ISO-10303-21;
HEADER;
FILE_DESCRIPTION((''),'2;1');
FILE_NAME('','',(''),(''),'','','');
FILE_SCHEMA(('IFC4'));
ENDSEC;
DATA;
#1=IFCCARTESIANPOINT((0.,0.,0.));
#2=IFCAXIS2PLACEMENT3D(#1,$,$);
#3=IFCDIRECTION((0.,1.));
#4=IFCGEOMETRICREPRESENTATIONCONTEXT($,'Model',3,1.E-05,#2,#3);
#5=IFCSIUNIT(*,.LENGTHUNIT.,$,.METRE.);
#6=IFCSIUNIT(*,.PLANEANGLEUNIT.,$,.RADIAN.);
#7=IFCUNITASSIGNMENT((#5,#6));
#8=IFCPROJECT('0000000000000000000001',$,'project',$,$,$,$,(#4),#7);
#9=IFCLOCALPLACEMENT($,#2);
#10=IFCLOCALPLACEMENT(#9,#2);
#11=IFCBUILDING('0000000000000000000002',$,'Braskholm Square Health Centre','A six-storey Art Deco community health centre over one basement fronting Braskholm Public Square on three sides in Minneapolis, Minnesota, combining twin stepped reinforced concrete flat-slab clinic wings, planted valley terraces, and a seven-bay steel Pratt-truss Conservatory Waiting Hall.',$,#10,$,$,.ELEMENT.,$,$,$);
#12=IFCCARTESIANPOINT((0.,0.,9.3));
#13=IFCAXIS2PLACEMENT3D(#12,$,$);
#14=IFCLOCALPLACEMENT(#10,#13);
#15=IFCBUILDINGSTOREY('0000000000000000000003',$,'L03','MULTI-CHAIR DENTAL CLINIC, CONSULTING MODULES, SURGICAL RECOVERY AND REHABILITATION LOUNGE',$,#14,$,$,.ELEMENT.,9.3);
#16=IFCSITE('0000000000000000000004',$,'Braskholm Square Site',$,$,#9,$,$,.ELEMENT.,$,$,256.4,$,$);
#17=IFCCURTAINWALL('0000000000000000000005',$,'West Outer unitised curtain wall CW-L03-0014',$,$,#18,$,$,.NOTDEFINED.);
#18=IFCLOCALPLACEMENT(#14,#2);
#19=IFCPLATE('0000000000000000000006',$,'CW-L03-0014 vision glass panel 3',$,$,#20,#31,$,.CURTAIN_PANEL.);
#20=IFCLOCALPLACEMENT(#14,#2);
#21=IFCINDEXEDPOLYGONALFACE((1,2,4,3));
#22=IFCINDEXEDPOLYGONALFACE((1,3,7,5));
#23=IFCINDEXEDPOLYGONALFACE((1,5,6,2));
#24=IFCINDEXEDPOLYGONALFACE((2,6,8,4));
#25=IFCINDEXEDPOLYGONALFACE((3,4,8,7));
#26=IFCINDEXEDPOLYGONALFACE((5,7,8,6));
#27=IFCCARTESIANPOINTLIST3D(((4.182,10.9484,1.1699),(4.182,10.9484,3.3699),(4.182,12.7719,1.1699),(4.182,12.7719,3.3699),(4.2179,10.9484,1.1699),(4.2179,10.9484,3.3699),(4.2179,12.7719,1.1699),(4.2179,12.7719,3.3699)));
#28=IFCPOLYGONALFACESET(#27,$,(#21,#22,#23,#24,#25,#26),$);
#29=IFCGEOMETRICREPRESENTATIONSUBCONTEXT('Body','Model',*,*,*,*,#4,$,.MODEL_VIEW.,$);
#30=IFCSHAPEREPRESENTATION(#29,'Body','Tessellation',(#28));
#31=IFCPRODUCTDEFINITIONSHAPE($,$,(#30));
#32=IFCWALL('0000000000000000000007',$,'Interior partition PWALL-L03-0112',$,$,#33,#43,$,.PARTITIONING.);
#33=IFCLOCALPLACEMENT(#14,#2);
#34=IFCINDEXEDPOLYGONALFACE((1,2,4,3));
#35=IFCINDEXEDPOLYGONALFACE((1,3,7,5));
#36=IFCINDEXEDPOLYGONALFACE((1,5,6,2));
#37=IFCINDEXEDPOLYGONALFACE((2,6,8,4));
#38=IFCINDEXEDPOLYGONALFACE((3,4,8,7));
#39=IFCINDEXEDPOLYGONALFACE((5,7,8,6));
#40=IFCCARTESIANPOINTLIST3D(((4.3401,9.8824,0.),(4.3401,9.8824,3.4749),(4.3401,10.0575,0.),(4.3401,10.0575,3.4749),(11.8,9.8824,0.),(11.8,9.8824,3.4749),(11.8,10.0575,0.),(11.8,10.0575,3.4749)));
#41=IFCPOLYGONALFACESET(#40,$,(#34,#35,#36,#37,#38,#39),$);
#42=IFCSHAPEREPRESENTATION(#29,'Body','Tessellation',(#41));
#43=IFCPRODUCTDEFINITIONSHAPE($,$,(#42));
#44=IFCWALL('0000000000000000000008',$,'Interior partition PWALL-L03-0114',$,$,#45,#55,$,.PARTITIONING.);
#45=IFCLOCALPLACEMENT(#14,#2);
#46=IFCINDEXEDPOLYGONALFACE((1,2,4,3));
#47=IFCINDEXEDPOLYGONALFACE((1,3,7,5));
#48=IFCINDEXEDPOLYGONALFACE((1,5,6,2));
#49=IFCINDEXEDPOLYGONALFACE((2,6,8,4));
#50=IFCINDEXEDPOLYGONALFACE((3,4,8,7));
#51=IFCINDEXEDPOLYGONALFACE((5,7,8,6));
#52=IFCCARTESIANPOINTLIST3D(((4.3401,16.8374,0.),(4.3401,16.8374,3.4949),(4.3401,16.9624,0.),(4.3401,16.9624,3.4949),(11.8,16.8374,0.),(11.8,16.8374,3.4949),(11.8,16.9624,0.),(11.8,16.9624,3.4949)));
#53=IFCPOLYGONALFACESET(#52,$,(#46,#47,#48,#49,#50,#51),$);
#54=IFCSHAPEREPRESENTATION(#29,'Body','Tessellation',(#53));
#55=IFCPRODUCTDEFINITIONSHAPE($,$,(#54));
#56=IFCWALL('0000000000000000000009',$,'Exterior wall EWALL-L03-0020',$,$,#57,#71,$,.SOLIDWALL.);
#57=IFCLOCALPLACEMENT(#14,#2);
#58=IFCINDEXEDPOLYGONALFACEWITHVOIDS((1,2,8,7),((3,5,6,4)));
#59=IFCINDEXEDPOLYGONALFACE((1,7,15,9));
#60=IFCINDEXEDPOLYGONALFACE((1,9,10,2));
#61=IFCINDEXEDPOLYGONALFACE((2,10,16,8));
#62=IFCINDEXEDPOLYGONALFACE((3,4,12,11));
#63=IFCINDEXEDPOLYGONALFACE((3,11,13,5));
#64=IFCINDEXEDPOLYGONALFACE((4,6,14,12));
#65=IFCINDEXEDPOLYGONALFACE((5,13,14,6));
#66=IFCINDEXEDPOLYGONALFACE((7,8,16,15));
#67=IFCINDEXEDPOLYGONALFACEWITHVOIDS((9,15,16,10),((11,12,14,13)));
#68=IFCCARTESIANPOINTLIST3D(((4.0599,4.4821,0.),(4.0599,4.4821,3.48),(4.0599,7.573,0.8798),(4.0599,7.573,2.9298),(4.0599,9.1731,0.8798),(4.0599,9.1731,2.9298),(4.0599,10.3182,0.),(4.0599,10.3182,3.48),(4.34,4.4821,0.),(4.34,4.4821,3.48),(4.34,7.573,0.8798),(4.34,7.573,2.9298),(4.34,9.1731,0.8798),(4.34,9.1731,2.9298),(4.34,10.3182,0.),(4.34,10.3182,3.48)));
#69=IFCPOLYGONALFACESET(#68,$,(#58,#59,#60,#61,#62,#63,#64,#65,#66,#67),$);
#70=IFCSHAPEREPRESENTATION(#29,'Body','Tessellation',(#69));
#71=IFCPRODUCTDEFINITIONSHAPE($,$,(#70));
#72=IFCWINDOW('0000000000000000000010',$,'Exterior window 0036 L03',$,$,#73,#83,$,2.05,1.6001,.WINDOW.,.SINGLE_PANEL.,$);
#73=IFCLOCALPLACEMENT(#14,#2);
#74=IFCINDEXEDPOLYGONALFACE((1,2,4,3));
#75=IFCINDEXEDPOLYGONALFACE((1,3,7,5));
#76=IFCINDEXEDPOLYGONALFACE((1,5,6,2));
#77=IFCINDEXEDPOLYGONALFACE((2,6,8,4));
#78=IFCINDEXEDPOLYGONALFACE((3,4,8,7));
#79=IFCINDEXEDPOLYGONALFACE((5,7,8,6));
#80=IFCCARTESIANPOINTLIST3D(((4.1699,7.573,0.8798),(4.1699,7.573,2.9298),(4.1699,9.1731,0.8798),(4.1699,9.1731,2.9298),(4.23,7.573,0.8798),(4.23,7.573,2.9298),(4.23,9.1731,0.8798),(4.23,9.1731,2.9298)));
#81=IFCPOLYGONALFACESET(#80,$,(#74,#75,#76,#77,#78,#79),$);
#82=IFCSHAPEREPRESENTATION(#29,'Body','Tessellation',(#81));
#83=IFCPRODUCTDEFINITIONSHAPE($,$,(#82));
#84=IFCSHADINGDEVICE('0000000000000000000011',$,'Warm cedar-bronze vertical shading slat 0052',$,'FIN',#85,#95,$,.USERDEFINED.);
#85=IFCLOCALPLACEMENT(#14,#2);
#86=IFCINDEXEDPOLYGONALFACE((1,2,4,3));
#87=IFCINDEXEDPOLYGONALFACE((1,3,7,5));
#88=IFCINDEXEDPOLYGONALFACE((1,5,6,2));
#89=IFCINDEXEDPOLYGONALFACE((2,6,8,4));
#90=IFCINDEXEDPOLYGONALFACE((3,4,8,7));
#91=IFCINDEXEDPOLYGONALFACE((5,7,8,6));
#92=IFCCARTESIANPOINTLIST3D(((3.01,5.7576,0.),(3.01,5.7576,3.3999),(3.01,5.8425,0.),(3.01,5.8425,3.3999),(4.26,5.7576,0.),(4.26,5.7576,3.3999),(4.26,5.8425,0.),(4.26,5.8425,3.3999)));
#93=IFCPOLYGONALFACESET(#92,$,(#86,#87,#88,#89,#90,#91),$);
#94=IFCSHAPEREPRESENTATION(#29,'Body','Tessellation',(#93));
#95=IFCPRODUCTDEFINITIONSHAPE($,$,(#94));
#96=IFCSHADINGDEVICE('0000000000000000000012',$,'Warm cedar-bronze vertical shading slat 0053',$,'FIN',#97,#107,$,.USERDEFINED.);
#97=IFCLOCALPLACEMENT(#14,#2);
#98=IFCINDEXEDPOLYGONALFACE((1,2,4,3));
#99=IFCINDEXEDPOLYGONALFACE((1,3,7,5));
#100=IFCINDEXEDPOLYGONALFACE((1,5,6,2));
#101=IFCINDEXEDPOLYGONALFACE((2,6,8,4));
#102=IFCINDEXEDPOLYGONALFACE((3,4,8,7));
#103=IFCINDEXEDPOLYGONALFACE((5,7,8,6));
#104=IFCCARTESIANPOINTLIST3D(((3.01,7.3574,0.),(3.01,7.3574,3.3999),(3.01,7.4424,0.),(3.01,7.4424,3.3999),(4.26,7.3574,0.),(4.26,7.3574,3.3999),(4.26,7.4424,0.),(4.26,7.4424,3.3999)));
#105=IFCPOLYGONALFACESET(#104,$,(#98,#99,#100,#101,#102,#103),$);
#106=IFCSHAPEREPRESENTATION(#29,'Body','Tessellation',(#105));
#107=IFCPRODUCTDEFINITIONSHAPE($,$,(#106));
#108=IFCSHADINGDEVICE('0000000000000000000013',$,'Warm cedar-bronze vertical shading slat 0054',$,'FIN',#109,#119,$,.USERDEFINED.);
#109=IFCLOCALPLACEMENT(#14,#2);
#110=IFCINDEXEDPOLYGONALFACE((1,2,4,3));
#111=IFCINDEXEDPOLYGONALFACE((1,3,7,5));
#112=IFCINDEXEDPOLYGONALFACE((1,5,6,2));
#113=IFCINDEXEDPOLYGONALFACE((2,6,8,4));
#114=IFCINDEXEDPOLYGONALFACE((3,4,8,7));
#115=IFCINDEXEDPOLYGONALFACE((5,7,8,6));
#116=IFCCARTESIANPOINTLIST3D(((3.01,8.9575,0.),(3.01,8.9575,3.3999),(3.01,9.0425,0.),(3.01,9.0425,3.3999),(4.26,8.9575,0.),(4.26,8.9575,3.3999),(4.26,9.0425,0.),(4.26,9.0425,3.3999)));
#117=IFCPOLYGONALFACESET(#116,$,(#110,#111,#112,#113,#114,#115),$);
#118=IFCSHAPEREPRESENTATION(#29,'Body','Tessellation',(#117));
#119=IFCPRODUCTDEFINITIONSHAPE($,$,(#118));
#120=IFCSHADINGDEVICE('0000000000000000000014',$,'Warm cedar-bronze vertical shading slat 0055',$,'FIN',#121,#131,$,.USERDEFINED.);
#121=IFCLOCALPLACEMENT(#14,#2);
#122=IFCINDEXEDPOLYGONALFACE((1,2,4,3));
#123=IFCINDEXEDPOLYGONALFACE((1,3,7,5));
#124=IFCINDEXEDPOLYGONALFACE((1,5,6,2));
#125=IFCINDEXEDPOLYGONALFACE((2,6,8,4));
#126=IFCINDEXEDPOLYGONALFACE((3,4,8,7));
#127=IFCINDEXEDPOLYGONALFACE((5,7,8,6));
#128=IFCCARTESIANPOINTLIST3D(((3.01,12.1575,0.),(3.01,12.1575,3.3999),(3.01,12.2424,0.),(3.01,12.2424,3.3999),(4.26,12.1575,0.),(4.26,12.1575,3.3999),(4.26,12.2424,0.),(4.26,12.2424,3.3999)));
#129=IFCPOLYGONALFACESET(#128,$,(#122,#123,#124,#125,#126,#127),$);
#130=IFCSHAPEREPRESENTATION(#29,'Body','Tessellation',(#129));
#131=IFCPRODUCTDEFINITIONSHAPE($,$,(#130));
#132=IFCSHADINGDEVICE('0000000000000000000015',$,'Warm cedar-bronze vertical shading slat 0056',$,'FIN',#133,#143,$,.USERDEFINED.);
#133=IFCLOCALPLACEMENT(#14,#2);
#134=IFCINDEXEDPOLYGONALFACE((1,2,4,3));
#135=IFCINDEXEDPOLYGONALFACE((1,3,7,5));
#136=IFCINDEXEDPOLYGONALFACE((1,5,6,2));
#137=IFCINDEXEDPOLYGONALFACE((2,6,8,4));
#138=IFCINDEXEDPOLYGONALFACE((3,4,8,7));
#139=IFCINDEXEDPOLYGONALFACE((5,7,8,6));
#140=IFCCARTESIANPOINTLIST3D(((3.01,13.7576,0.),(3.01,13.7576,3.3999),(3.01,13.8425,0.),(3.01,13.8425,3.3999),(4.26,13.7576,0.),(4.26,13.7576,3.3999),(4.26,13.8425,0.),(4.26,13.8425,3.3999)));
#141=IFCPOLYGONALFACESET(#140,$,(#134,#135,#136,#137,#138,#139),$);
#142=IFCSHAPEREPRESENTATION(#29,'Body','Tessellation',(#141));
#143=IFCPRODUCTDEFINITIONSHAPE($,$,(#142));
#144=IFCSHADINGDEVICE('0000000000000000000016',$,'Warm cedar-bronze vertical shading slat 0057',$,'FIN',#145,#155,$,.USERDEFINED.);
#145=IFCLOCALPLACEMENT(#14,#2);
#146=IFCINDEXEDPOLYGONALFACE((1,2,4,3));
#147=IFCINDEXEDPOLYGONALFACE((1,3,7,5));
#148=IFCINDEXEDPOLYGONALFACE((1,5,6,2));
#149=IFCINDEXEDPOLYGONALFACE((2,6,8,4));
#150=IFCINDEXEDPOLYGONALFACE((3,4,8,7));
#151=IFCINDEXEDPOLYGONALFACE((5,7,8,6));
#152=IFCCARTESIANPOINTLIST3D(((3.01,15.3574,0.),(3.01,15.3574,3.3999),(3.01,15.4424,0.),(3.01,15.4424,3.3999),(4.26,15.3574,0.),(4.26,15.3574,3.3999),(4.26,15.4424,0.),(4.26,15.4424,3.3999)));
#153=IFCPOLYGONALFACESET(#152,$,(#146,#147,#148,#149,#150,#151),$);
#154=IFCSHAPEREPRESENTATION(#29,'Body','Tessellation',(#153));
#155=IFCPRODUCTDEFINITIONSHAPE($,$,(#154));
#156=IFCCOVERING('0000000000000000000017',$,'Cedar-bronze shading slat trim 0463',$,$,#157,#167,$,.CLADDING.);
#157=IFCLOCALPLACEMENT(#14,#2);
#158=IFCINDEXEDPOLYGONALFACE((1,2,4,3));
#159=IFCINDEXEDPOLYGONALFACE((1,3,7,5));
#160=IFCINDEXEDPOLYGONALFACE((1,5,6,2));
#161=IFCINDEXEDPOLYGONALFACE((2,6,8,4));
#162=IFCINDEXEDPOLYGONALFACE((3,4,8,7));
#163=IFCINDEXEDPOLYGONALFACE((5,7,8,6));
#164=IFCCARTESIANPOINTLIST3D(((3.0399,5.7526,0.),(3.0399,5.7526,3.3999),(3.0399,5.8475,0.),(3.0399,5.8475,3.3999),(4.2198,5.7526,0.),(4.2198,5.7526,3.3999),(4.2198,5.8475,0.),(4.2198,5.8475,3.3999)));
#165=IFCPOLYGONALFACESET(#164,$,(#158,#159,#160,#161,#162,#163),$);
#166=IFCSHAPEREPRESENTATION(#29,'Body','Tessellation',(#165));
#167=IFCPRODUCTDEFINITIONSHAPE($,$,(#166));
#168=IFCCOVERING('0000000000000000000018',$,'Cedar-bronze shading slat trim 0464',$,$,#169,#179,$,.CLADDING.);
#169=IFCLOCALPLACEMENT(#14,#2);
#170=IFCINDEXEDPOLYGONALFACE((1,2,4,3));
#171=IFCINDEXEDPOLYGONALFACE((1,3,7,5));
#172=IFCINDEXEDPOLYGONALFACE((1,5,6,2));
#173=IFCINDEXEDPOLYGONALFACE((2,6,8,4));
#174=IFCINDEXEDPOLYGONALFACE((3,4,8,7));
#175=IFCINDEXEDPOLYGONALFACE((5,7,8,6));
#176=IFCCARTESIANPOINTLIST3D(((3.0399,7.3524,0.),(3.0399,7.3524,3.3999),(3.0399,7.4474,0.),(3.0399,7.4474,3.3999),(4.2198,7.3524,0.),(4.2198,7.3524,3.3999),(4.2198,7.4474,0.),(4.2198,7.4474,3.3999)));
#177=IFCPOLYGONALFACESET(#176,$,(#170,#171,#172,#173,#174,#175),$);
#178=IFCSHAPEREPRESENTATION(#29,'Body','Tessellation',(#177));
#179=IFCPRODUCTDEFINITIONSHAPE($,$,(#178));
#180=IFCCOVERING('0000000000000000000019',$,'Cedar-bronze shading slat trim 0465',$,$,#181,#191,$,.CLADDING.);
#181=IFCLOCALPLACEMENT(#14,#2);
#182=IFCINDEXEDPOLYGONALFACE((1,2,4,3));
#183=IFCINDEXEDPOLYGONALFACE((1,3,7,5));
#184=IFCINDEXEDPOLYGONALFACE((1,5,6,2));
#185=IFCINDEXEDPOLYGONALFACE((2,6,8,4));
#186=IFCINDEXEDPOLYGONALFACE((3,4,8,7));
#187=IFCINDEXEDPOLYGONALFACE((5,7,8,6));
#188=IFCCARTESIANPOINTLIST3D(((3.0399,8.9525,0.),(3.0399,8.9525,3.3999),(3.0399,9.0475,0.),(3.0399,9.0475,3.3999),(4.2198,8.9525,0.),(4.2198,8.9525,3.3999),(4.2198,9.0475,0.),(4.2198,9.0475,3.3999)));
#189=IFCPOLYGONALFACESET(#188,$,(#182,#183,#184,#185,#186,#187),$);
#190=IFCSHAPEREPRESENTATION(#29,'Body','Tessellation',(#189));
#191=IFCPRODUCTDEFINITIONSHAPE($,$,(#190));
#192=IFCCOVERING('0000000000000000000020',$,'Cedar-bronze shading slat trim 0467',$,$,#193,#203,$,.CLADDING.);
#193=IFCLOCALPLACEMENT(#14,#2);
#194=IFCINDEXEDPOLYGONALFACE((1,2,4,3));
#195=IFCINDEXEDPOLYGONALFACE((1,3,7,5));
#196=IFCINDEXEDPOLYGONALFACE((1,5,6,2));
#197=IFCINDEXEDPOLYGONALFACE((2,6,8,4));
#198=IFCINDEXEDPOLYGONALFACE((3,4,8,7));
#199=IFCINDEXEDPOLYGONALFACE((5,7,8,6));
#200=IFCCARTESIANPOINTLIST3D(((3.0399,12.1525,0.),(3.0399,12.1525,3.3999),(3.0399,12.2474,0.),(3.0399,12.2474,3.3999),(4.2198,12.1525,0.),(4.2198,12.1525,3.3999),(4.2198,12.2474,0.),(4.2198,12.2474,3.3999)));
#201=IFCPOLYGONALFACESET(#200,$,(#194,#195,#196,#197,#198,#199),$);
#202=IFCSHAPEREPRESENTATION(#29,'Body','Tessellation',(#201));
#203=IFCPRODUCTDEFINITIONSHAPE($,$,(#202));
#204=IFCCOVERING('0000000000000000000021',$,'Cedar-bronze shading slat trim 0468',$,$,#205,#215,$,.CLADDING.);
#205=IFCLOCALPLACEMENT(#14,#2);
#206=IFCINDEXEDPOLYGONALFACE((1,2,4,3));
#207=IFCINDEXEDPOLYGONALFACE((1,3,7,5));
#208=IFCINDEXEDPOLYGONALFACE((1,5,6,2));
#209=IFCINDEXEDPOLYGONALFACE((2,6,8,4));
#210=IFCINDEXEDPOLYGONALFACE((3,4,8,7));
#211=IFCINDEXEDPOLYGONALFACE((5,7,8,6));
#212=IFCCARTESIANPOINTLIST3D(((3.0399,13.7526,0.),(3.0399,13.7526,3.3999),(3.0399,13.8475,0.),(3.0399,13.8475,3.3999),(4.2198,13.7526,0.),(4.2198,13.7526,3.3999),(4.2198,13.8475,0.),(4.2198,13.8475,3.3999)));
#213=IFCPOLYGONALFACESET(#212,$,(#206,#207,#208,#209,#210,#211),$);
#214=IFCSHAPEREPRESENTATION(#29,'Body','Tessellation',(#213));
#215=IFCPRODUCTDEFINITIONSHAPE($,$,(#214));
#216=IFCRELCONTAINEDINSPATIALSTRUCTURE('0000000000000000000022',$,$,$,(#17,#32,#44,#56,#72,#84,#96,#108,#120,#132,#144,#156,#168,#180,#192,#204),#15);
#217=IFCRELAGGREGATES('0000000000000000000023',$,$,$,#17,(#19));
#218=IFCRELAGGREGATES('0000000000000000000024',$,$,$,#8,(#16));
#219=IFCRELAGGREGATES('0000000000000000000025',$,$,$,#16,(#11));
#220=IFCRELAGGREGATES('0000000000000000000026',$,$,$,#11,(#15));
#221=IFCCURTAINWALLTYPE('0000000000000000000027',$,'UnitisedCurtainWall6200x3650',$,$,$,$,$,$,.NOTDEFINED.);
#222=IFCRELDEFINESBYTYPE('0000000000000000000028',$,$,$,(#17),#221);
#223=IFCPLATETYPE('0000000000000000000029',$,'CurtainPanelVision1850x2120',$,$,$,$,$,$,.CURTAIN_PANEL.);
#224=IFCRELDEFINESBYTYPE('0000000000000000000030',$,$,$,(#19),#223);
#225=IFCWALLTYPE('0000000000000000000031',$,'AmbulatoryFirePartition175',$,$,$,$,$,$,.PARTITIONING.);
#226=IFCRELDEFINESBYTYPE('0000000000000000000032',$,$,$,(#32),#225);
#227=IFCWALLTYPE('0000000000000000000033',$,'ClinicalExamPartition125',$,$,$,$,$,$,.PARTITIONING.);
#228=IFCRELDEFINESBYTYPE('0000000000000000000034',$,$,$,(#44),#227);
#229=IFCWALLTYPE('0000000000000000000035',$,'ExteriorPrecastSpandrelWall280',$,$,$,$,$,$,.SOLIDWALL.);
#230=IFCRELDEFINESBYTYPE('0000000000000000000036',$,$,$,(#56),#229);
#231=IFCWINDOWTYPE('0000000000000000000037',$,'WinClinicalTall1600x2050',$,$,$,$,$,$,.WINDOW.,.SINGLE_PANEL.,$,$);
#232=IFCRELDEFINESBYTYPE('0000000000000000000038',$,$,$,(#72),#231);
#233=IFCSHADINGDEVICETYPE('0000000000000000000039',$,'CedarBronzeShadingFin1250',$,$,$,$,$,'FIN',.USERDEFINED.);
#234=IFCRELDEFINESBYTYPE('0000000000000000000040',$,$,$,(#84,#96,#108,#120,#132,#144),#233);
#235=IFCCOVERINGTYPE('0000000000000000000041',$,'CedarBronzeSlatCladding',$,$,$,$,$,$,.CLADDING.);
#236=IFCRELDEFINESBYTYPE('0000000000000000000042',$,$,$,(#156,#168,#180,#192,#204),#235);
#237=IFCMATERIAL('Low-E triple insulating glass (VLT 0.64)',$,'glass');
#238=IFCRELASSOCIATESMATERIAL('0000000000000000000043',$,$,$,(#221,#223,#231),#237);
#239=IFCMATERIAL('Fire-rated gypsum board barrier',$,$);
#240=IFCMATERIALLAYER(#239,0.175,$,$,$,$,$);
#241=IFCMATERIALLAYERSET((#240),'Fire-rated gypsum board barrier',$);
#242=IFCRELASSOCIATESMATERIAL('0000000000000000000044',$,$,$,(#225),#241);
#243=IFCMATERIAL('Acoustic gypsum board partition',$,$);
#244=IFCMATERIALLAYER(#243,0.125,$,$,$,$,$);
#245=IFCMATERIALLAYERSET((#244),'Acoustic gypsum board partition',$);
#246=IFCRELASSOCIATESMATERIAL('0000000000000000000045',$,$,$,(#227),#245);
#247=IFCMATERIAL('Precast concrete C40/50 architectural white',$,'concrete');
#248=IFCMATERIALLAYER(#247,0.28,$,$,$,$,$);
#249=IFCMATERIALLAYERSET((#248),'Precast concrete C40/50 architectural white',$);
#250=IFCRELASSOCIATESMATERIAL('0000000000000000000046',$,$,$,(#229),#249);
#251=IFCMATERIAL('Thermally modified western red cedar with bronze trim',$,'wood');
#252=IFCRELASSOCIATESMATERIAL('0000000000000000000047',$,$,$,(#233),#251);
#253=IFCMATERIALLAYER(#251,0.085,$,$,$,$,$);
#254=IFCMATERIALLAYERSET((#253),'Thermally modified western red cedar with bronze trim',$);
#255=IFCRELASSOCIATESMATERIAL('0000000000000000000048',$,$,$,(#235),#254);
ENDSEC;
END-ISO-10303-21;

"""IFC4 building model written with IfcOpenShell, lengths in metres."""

from ifc_helpers import new_model, si_unit, direction, frame, frame_2d, origin, origin_with_axes, origin_2d, place, context, subcontext, project, spatial, rectangle, extrude, material, layer, layer_set, type_object, element, fill, aggregate, save


model = new_model("IFC4")

# Units and contexts
model_context = context("Model", 3, precision=1e-05, world=origin(), true_north=direction((0.0, 1.0)))
body_context = subcontext(model_context, "Body", "Model", "MODEL_VIEW")
ifc_project = project(units=[si_unit("LENGTHUNIT", "METRE"), si_unit("PLANEANGLEUNIT", "RADIAN")], contexts=[model_context])

# Site, building, storey
site_placement = place(None, origin())
site = spatial("IfcSite", under=ifc_project, at=site_placement, Name="Braskholm Square Site", CompositionType="ELEMENT", RefElevation=256.4)
building_placement = place(site_placement, origin())
building = spatial("IfcBuilding", under=site, at=building_placement, Name="Braskholm Square Health Centre", Description="A six-storey Art Deco community health centre over one basement fronting Braskholm Public Square on three sides in Minneapolis, Minnesota, combining twin stepped reinforced concrete flat-slab clinic wings, planted valley terraces, and a seven-bay steel Pratt-truss Conservatory Waiting Hall.", CompositionType="ELEMENT")
storey_placement = place(building_placement, frame((0.0, 0.0, 9.3)))
storey = spatial("IfcBuildingStorey", under=building, at=storey_placement, Name="L03", Description="MULTI-CHAIR DENTAL CLINIC, CONSULTING MODULES, SURGICAL RECOVERY AND REHABILITATION LOUNGE", CompositionType="ELEMENT", Elevation=9.3)

# Shared definitions
ifc_material_1 = material(Name="Precast concrete C40/50 architectural white", Category="concrete")

# Curtain wall
ifc_material_2 = material(Name="Low-E triple insulating glass (VLT 0.64)", Category="glass")
curtain_wall_type = type_object("IfcCurtainWallType", Name="UnitisedCurtainWall6200x3650", PredefinedType="NOTDEFINED", material=ifc_material_2)
curtain_wall_placement = place(storey_placement, origin())
curtain_wall = element("IfcCurtainWall", 1, at=curtain_wall_placement, inside=storey, type_object=curtain_wall_type, Name="West Outer unitised curtain wall CW-L03-0014", PredefinedType="NOTDEFINED")

# Plate
plate_type_1 = type_object("IfcPlateType", Name="CurtainPanelVision1850x2120", PredefinedType="CURTAIN_PANEL", material=ifc_material_2)
plate_1_placement = place(storey_placement, frame((4.2, 11.8601, 1.1699), z_axis=(0.0, 0.0, 1.0), x_axis=(0.0, -1.0, 0.0)))
plate_1 = element("IfcPlate", 2, at=plate_1_placement, type_object=plate_type_1, Name="CW-L03-0014 vision glass panel 3", PredefinedType="CURTAIN_PANEL", context=body_context, shape_type="SweptSolid", body=[
    extrude(rectangle(XDim=1.8235, YDim=0.0359, at=origin_2d()), origin(), (0.0, 0.0, 1.0), 2.2),
])
aggregate(curtain_wall, [plate_1])

# Walls
ifc_material_3 = material(Name="Fire-rated gypsum board barrier")
ifc_layer_1 = layer(ifc_material_3, 0.175)
ifc_layer_set_1 = layer_set([ifc_layer_1], Name="Fire-rated gypsum board barrier")
wall_type_1 = type_object("IfcWallType", Name="AmbulatoryFirePartition175", PredefinedType="PARTITIONING", material=ifc_layer_set_1)
wall_1_placement = place(storey_placement, frame((4.3401, 9.97, 0.0), z_axis=(0.0, 0.0, 1.0), x_axis=(1.0, 0.0, 0.0)))
element("IfcWall", 3, at=wall_1_placement, inside=storey, type_object=wall_type_1, Name="Interior partition PWALL-L03-0112", PredefinedType="PARTITIONING", context=body_context, shape_type="SweptSolid", body=[
    extrude(rectangle(XDim=7.46, YDim=0.175, at=frame_2d((3.73, 0.0))), origin(), (0.0, 0.0, 1.0), 3.4749),
])
ifc_material_4 = material(Name="Acoustic gypsum board partition")
ifc_layer_2 = layer(ifc_material_4, 0.125)
ifc_layer_set_2 = layer_set([ifc_layer_2], Name="Acoustic gypsum board partition")
wall_type_2 = type_object("IfcWallType", Name="ClinicalExamPartition125", PredefinedType="PARTITIONING", material=ifc_layer_set_2)
wall_2_placement = place(storey_placement, frame((4.3401, 16.8999, 0.0), z_axis=(0.0, 0.0, 1.0), x_axis=(1.0, 0.0, 0.0)))
element("IfcWall", 4, at=wall_2_placement, inside=storey, type_object=wall_type_2, Name="Interior partition PWALL-L03-0114", PredefinedType="PARTITIONING", context=body_context, shape_type="SweptSolid", body=[
    extrude(rectangle(XDim=7.46, YDim=0.125, at=frame_2d((3.73, 0.0))), origin(), (0.0, 0.0, 1.0), 3.4949),
])

# Wall, opening, window
ifc_layer_3 = layer(ifc_material_1, 0.28)
ifc_layer_set_3 = layer_set([ifc_layer_3], Name="Precast concrete C40/50 architectural white")
wall_type_3 = type_object("IfcWallType", Name="ExteriorPrecastSpandrelWall280", PredefinedType="SOLIDWALL", material=ifc_layer_set_3)
wall_3_placement = place(storey_placement, frame((4.2, 10.3181, 0.0), z_axis=(0.0, 0.0, 1.0), x_axis=(0.0, -1.0, 0.0)))
wall_3 = element("IfcWall", 5, at=wall_3_placement, inside=storey, type_object=wall_type_3, Name="Exterior wall EWALL-L03-0020", PredefinedType="SOLIDWALL", context=body_context, shape_type="SweptSolid", body=[
    extrude(rectangle(XDim=5.8362, YDim=0.28, at=frame_2d((2.918, 0.0))), origin(), (0.0, 0.0, 1.0), 3.48),
])
opening_placement = place(wall_3_placement, frame((1.145, 0.0, 0.8799)))
opening = element("IfcOpeningElement", 6, at=opening_placement, cuts=wall_3, PredefinedType="OPENING", context=body_context, shape_type="SweptSolid", body=[
    extrude(rectangle(XDim=1.6001, YDim=2.05, at=frame_2d((0.8, 1.0249))), frame((0.0, 0.1499, 0.0), z_axis=(0.0, -1.0, 0.0), x_axis=(1.0, 0.0, 0.0)), (0.0, 0.0, 1.0), 0.3),
])
window_type = type_object("IfcWindowType", Name="WinClinicalTall1600x2050", PartitioningType="SINGLE_PANEL", PredefinedType="WINDOW", material=ifc_material_2)
window_placement = place(opening_placement, origin_with_axes())
window = element("IfcWindow", 7, at=window_placement, inside=storey, type_object=window_type, Name="Exterior window 0036 L03", OverallHeight=2.05, OverallWidth=1.6001, PartitioningType="SINGLE_PANEL", PredefinedType="WINDOW", context=body_context, shape_type="SweptSolid", body=[
    extrude(rectangle(XDim=1.6001, YDim=2.05, at=frame_2d((0.8, 1.0249))), frame((0.0, 0.03, 0.0), z_axis=(0.0, -1.0, 0.0), x_axis=(1.0, 0.0, 0.0)), (0.0, 0.0, 1.0), 0.0601),
])
fill(opening, window)

# Shading devices
ifc_material_5 = material(Name="Thermally modified western red cedar with bronze trim", Category="wood")
shading_device_type = type_object("IfcShadingDeviceType", Name="CedarBronzeShadingFin1250", ElementType="FIN", PredefinedType="USERDEFINED", material=ifc_material_5)
for number, where, z_axis, x_axis, name in (
    (8, (3.635, 5.8, 0.0), (0.0, 0.0, 1.0), (1.0, 0.0, 0.0), "Warm cedar-bronze vertical shading slat 0052"),
    (9, (3.635, 7.3999, 0.0), (0.0, 0.0, 1.0), (1.0, 0.0, 0.0), "Warm cedar-bronze vertical shading slat 0053"),
    (10, (3.635, 9.0, 0.0), (0.0, 0.0, 1.0), (1.0, 0.0, 0.0), "Warm cedar-bronze vertical shading slat 0054"),
    (11, (3.635, 12.2, 0.0), (0.0, 0.0, 1.0), (1.0, 0.0, 0.0), "Warm cedar-bronze vertical shading slat 0055"),
    (12, (3.635, 13.8, 0.0), (0.0, 0.0, 1.0), (1.0, 0.0, 0.0), "Warm cedar-bronze vertical shading slat 0056"),
    (13, (3.635, 15.3999, 0.0), (0.0, 0.0, 1.0), (1.0, 0.0, 0.0), "Warm cedar-bronze vertical shading slat 0057"),
):
    element("IfcShadingDevice", number, at=place(storey_placement, frame(where, z_axis=z_axis, x_axis=x_axis)), inside=storey, type_object=shading_device_type, Name=name, ObjectType="FIN", PredefinedType="USERDEFINED", context=body_context, shape_type="SweptSolid", body=[
        extrude(rectangle(XDim=1.25, YDim=0.085, at=origin_2d()), origin(), (0.0, 0.0, 1.0), 3.3999),
    ])

# Coverings
ifc_layer_4 = layer(ifc_material_5, 0.085)
ifc_layer_set_4 = layer_set([ifc_layer_4], Name="Thermally modified western red cedar with bronze trim")
covering_type_1 = type_object("IfcCoveringType", Name="CedarBronzeSlatCladding", PredefinedType="CLADDING", material=ifc_layer_set_4)
for number, where, z_axis, x_axis, name in (
    (14, (3.6299, 5.8, 0.0), (0.0, 0.0, 1.0), (1.0, 0.0, 0.0), "Cedar-bronze shading slat trim 0463"),
    (15, (3.6299, 7.3999, 0.0), (0.0, 0.0, 1.0), (1.0, 0.0, 0.0), "Cedar-bronze shading slat trim 0464"),
    (16, (3.6299, 9.0, 0.0), (0.0, 0.0, 1.0), (1.0, 0.0, 0.0), "Cedar-bronze shading slat trim 0465"),
    (17, (3.6299, 12.2, 0.0), (0.0, 0.0, 1.0), (1.0, 0.0, 0.0), "Cedar-bronze shading slat trim 0467"),
    (18, (3.6299, 13.8, 0.0), (0.0, 0.0, 1.0), (1.0, 0.0, 0.0), "Cedar-bronze shading slat trim 0468"),
):
    element("IfcCovering", number, at=place(storey_placement, frame(where, z_axis=z_axis, x_axis=x_axis)), inside=storey, type_object=covering_type_1, Name=name, PredefinedType="CLADDING", context=body_context, shape_type="SweptSolid", body=[
        extrude(rectangle(XDim=1.1799, YDim=0.095, at=origin_2d()), origin(), (0.0, 0.0, 1.0), 3.3999),
    ])

save(model, "model.ifc")
